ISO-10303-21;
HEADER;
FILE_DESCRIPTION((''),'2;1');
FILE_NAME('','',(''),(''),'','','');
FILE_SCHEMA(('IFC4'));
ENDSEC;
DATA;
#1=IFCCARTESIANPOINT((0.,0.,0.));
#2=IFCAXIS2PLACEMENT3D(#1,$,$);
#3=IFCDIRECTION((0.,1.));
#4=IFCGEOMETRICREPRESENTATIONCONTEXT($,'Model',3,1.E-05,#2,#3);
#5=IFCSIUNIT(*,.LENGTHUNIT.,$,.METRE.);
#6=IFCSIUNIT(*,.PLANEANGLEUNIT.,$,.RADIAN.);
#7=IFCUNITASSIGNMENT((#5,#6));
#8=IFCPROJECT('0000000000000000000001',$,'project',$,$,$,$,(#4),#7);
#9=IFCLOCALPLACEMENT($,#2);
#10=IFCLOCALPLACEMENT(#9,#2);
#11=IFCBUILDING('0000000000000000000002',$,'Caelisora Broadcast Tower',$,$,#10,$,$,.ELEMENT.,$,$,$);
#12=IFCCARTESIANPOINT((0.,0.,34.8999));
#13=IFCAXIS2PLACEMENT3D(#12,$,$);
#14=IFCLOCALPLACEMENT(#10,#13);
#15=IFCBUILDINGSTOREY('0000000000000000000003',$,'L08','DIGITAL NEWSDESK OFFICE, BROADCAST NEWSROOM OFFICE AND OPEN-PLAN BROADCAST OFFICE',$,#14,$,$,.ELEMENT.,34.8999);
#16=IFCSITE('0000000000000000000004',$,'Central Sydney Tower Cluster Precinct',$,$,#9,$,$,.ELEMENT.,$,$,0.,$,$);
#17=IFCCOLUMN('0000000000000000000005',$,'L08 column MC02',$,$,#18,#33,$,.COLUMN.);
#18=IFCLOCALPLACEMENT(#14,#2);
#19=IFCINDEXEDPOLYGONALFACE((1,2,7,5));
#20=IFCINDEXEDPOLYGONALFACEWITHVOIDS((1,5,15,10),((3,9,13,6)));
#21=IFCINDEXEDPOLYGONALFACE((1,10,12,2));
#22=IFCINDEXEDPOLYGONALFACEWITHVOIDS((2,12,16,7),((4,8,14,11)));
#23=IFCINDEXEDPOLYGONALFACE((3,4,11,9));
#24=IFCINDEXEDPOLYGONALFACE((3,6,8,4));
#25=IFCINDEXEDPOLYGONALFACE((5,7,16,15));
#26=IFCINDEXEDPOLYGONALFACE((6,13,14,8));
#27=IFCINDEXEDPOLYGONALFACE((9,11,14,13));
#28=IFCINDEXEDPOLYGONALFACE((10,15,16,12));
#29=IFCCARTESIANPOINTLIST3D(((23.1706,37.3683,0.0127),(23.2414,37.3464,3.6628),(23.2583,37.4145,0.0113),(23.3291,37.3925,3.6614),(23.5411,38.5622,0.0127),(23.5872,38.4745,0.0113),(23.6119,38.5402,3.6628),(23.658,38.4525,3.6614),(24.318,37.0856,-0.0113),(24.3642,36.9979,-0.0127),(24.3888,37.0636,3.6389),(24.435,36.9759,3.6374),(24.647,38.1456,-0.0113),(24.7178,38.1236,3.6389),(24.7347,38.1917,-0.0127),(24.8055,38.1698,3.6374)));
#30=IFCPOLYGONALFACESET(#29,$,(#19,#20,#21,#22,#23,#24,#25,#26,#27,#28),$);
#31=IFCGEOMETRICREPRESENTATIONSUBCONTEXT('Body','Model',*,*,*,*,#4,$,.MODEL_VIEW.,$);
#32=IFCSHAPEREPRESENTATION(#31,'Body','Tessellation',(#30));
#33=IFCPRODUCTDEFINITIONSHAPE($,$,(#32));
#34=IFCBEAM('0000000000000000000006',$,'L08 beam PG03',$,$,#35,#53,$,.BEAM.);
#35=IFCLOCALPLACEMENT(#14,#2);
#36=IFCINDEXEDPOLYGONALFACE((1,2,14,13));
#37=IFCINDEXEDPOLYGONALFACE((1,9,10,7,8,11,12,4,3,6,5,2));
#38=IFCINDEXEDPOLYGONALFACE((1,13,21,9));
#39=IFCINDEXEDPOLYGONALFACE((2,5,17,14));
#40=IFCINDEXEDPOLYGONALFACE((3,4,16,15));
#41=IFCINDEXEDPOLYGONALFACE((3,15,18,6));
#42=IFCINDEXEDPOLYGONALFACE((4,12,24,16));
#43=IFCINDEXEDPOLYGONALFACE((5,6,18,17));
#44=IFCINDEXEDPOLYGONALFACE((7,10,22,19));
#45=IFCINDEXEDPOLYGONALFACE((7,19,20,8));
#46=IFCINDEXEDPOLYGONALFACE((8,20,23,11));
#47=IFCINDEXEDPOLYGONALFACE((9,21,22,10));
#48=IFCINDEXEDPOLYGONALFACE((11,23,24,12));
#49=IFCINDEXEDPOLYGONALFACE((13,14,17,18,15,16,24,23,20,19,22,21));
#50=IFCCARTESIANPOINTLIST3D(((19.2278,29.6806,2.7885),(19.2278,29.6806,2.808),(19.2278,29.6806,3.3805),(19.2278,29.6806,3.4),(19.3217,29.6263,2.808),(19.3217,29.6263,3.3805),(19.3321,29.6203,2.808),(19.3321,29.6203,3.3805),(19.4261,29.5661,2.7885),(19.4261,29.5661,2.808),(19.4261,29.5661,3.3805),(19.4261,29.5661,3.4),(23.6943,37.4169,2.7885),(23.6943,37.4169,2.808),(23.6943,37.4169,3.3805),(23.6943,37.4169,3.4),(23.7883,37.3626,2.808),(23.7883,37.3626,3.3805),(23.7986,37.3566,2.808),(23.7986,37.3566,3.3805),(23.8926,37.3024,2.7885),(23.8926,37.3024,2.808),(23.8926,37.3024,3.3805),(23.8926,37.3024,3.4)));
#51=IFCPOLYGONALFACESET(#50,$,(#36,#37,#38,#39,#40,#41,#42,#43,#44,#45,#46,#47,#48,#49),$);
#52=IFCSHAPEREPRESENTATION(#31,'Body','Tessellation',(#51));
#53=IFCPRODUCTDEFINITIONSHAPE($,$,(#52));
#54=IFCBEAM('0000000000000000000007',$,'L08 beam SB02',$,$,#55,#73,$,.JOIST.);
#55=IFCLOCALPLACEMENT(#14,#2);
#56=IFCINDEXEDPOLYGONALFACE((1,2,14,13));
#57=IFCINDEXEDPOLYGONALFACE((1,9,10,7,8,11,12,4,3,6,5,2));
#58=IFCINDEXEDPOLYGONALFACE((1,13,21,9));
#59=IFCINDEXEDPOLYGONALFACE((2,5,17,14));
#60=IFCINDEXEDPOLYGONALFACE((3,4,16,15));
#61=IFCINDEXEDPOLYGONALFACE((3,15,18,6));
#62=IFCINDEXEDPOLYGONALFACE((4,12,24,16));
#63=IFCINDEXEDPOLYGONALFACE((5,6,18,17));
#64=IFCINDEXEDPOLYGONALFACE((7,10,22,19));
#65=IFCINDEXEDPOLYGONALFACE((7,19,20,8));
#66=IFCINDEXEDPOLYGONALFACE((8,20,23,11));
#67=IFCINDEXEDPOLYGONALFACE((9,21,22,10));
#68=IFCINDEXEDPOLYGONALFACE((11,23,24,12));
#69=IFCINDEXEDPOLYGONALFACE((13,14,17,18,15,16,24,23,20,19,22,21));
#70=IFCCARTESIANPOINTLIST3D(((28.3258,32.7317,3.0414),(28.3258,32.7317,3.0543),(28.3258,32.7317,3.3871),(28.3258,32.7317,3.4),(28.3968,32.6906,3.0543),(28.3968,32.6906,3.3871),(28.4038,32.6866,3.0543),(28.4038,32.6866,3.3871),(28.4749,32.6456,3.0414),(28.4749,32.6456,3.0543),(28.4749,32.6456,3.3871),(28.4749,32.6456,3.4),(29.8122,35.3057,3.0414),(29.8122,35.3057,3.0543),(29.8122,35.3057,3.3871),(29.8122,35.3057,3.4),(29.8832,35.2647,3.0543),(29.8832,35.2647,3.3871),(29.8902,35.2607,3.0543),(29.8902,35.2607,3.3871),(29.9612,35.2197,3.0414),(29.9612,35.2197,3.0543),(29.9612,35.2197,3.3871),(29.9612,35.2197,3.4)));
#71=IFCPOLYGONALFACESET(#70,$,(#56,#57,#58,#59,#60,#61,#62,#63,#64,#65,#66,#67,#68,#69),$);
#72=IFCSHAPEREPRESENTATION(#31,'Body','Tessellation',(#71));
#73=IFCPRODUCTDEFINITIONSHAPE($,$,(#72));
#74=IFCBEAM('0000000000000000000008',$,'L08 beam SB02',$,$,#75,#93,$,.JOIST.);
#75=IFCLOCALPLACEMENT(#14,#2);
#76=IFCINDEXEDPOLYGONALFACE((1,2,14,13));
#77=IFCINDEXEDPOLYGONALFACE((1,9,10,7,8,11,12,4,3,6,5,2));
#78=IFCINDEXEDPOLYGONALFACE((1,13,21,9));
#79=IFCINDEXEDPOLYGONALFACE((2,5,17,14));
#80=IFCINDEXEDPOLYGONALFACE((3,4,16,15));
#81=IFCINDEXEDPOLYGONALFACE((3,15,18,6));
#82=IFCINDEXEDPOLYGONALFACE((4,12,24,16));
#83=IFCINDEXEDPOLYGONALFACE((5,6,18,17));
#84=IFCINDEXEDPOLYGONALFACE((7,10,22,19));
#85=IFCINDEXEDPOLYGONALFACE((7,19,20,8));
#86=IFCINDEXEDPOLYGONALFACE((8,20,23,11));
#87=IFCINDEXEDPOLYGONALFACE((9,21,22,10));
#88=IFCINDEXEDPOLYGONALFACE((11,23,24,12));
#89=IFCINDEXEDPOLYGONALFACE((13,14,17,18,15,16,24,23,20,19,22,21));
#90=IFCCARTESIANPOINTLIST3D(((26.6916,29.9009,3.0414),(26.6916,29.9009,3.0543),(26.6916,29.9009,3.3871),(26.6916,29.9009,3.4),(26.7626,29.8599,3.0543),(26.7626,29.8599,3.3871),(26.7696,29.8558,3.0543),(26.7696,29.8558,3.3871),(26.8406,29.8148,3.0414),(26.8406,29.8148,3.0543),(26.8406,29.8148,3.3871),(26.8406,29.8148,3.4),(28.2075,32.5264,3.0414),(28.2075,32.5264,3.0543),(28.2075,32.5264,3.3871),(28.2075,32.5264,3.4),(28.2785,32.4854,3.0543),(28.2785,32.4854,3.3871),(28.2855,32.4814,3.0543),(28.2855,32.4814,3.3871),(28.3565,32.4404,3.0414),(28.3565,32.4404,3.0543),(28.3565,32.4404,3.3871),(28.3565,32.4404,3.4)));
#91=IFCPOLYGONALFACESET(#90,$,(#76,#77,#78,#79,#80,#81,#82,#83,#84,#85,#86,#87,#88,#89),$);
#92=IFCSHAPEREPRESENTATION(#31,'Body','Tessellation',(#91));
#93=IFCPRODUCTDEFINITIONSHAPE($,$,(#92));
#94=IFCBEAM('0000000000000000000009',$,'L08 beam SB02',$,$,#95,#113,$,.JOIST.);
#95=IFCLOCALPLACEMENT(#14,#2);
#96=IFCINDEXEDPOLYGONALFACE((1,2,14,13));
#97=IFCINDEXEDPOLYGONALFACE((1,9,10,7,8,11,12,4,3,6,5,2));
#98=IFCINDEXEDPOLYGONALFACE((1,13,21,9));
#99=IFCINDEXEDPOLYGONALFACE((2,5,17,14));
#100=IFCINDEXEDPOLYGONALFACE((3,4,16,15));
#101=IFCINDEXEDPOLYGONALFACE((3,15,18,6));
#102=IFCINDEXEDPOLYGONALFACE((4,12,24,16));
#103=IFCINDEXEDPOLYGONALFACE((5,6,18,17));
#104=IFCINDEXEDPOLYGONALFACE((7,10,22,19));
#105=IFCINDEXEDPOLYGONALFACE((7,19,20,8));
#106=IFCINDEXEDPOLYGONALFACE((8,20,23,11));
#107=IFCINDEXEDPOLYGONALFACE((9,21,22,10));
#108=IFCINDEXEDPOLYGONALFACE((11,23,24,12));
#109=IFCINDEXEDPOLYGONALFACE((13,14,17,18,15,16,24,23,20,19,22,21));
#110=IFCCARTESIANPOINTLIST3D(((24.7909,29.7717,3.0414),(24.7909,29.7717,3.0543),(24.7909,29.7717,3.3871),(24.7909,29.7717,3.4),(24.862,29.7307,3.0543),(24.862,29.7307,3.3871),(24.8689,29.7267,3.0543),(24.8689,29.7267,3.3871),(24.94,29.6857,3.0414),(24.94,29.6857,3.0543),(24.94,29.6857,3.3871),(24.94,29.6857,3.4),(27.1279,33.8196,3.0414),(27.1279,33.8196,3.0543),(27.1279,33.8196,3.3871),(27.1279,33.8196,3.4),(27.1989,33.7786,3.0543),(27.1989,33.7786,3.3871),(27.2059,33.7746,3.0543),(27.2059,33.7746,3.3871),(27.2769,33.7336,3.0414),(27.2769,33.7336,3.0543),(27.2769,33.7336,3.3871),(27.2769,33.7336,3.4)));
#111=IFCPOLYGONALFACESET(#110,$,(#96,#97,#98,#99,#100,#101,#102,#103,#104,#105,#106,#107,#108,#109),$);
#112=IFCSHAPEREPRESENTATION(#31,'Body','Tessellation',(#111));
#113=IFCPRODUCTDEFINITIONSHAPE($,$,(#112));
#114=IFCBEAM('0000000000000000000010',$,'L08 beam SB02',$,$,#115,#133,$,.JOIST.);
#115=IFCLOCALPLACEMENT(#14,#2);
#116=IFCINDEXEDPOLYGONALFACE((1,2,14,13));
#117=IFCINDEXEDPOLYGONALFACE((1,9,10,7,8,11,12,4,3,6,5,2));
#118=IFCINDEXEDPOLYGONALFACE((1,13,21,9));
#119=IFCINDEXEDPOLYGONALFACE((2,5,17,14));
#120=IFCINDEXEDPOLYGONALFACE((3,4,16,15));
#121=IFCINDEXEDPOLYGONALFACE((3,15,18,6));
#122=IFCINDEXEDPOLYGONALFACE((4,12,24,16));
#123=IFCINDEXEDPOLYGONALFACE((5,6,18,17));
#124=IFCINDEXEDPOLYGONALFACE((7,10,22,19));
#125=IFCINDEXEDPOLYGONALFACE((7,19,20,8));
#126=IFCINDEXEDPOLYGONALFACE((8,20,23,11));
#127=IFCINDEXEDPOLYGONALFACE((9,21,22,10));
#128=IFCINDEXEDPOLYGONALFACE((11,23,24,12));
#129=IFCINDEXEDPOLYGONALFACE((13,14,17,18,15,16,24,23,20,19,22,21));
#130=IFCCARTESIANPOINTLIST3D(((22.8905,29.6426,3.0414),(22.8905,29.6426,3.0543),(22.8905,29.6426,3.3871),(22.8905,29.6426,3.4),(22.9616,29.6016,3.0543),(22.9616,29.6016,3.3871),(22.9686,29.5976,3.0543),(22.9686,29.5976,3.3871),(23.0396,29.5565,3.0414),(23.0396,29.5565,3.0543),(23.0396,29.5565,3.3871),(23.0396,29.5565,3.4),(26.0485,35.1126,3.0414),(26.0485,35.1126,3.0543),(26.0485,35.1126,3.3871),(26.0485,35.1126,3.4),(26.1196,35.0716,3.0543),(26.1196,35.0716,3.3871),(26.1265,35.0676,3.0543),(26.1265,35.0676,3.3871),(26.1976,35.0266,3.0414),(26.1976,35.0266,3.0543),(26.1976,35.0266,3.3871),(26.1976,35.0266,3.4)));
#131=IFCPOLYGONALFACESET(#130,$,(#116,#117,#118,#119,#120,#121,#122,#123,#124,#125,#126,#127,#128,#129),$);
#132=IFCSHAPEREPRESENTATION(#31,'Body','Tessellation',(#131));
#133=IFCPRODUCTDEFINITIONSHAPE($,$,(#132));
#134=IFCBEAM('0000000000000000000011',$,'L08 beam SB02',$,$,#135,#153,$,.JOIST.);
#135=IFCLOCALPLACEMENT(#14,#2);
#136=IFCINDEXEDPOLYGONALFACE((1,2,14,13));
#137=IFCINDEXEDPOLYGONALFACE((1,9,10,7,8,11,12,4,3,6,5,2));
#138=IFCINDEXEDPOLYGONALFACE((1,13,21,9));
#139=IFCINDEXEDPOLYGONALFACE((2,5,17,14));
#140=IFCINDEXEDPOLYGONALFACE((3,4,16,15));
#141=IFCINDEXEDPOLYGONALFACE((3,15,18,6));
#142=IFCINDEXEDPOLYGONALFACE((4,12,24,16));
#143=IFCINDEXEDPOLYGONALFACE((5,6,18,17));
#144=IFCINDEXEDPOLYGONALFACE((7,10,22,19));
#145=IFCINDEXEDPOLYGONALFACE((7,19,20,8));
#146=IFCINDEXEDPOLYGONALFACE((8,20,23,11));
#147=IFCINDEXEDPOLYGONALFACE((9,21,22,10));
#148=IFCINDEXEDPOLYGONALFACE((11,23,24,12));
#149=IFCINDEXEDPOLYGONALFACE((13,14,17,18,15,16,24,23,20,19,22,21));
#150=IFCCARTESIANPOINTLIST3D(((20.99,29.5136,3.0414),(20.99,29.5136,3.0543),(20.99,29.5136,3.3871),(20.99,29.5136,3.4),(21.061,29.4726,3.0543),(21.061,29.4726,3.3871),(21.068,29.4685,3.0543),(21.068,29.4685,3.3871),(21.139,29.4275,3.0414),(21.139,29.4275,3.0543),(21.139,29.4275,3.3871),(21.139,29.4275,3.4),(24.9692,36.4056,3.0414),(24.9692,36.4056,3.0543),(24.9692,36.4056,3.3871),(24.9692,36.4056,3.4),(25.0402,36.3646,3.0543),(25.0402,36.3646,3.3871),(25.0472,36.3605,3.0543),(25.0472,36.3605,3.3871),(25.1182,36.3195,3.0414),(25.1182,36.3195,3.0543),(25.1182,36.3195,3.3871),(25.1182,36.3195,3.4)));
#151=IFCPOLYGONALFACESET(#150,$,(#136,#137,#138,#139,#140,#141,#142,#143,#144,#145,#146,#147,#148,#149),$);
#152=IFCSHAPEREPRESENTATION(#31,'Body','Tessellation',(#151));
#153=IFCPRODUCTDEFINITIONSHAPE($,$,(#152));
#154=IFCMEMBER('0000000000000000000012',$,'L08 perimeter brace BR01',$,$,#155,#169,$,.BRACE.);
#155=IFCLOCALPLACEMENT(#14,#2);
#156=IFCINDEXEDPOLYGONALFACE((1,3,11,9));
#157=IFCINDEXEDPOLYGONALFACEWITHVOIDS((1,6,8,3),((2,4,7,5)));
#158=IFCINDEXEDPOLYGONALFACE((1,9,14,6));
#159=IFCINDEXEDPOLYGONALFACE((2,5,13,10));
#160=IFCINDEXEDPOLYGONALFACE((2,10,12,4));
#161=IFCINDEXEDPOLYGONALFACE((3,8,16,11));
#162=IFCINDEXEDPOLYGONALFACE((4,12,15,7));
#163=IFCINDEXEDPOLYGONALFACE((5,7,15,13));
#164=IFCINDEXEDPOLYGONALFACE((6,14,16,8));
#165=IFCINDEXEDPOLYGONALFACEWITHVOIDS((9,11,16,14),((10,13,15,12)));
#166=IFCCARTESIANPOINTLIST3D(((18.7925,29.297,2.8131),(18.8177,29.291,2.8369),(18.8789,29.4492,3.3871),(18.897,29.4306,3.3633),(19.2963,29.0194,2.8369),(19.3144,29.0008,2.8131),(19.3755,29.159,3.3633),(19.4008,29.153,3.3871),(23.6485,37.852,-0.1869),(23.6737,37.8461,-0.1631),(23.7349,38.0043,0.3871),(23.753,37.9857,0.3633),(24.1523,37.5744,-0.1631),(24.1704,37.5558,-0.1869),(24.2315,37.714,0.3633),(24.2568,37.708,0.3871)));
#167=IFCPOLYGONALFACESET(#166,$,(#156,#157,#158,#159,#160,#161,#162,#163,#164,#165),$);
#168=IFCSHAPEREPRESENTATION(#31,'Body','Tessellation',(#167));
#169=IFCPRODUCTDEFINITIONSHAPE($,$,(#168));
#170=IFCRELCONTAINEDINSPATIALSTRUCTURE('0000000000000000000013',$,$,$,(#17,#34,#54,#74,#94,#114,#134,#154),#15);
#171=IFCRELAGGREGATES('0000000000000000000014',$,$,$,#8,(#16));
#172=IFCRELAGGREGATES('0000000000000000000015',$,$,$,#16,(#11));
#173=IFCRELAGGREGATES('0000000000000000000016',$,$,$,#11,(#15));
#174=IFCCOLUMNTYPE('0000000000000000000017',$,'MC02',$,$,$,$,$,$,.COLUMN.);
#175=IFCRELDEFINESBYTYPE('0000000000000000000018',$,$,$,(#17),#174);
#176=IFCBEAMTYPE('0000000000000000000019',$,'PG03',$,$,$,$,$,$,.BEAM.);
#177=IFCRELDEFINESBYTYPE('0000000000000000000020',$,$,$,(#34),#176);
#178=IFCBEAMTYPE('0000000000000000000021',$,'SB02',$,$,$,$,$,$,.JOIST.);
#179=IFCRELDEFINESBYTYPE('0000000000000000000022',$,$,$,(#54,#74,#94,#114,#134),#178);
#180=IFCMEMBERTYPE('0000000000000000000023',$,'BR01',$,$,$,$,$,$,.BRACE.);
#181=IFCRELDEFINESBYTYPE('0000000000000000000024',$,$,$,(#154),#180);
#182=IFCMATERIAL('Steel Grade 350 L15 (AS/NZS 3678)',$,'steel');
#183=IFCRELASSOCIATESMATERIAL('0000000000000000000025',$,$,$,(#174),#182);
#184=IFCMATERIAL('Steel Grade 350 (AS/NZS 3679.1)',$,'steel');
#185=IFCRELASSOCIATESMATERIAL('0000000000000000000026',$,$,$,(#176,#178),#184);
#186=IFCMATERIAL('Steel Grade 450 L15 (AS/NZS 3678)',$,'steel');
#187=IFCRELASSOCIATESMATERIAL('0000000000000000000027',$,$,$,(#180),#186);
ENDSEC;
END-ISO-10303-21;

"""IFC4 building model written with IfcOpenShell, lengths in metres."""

from ifc_helpers import new_model, si_unit, direction, frame, origin, origin_2d, place, context, subcontext, project, spatial, hollow_rectangle, i_section, extrude, source, transform, mapped, material, material_profile, profile_set, type_object, type_shapes, element, save


model = new_model("IFC4")

# Units and contexts
model_context = context("Model", 3, precision=1e-05, world=origin(), true_north=direction((0.0, 1.0)))
body_context = subcontext(model_context, "Body", "Model", "MODEL_VIEW")
ifc_project = project(units=[si_unit("LENGTHUNIT", "METRE"), si_unit("PLANEANGLEUNIT", "RADIAN")], contexts=[model_context])

# Site, building, storey
site_placement = place(None, origin())
site = spatial("IfcSite", under=ifc_project, at=site_placement, Name="Central Sydney Tower Cluster Precinct", CompositionType="ELEMENT", RefElevation=0.0)
building_placement = place(site_placement, origin())
building = spatial("IfcBuilding", under=site, at=building_placement, Name="Caelisora Broadcast Tower", CompositionType="ELEMENT")
storey_placement = place(building_placement, frame((0.0, 0.0, 34.8999)))
storey = spatial("IfcBuildingStorey", under=building, at=storey_placement, Name="L08", Description="DIGITAL NEWSDESK OFFICE, BROADCAST NEWSROOM OFFICE AND OPEN-PLAN BROADCAST OFFICE", CompositionType="ELEMENT", Elevation=34.8999)

# Column
ifc_material_1 = material(Name="Steel Grade 350 L15 (AS/NZS 3678)", Category="steel")
ifc_material_profile_1 = material_profile(ifc_material_1, hollow_rectangle(XDim=1.25, YDim=1.25, WallThickness=0.0701, at=origin_2d()), Name="Steel Grade 350 L15 (AS/NZS 3678)")
ifc_profile_set_1 = profile_set([ifc_material_profile_1], Name="Steel Grade 350 L15 (AS/NZS 3678)")
column_type = type_object("IfcColumnType", Name="MC02", PredefinedType="COLUMN", material=ifc_profile_set_1)
shared_shape_1 = source(origin(), body_context, "Body", "SweptSolid", [
    extrude(hollow_rectangle(XDim=1.25, YDim=1.25, WallThickness=0.0701, at=origin_2d()), origin(), (0.0, 0.0, 1.0), 3.6509),
])
type_shapes(column_type, [shared_shape_1])
column_placement = place(storey_placement, frame((23.9526, 37.78, 0.0), z_axis=(0.019393, -0.006018, 0.999794), x_axis=(0.296399, 0.955064, 0.0)))
element("IfcColumn", 1, at=column_placement, inside=storey, type_object=column_type, Name="L08 column MC02", PredefinedType="COLUMN", context=body_context, shape_type="MappedRepresentation", body=[
    mapped(shared_shape_1, transform((0.0, 0.0, 0.0), scale=1.0)),
])

# Beams
ifc_material_2 = material(Name="Steel Grade 350 (AS/NZS 3679.1)", Category="steel")
ifc_material_profile_2 = material_profile(ifc_material_2, i_section(OverallWidth=0.229, OverallDepth=0.6116, WebThickness=0.012, FlangeThickness=0.0195, at=origin_2d()), Name="Steel Grade 350 (AS/NZS 3679.1)")
ifc_profile_set_2 = profile_set([ifc_material_profile_2], Name="Steel Grade 350 (AS/NZS 3679.1)")
beam_type_1 = type_object("IfcBeamType", Name="PG03", PredefinedType="BEAM", material=ifc_profile_set_2)
shared_shape_2 = source(origin(), body_context, "Body", "SweptSolid", [
    extrude(i_section(OverallWidth=0.229, OverallDepth=0.6116, WebThickness=0.012, FlangeThickness=0.0195, at=origin_2d()), origin(), (0.0, 0.0, 1.0), 8.9331),
])
type_shapes(beam_type_1, [shared_shape_2])
beam_1_placement = place(storey_placement, frame((23.7935, 37.3596, 3.0942), z_axis=(-0.499998, -0.866026, 0.0), x_axis=(0.866026, -0.499998, 0.0)))
element("IfcBeam", 2, at=beam_1_placement, inside=storey, type_object=beam_type_1, Name="L08 beam PG03", PredefinedType="BEAM", context=body_context, shape_type="MappedRepresentation", body=[
    mapped(shared_shape_2, transform((0.0, 0.0, 0.0), scale=1.0)),
])
ifc_material_profile_3 = material_profile(ifc_material_2, i_section(OverallWidth=0.1721, OverallDepth=0.3586, WebThickness=0.0081, FlangeThickness=0.0129, at=origin_2d()), Name="Steel Grade 350 (AS/NZS 3679.1)")
ifc_profile_set_3 = profile_set([ifc_material_profile_3], Name="Steel Grade 350 (AS/NZS 3679.1)")
beam_type_2 = type_object("IfcBeamType", Name="SB02", PredefinedType="JOIST", material=ifc_profile_set_3)
shared_shape_3 = source(origin(), body_context, "Body", "SweptSolid", [
    extrude(i_section(OverallWidth=0.1721, OverallDepth=0.3586, WebThickness=0.0081, FlangeThickness=0.0129, at=origin_2d()), origin(), (0.0, 0.0, 1.0), 2.9724),
])
beam_2_placement = place(storey_placement, frame((29.8867, 35.2627, 3.2207), z_axis=(-0.500061, -0.86599, 0.0), x_axis=(0.86599, -0.500061, 0.0)))
element("IfcBeam", 3, at=beam_2_placement, inside=storey, type_object=beam_type_2, Name="L08 beam SB02", PredefinedType="JOIST", context=body_context, shape_type="MappedRepresentation", body=[
    mapped(shared_shape_3, transform((0.0, 0.0, 0.0), scale=1.0)),
])
shared_shape_4 = source(origin(), body_context, "Body", "SweptSolid", [
    extrude(i_section(OverallWidth=0.1721, OverallDepth=0.3586, WebThickness=0.0081, FlangeThickness=0.0129, at=origin_2d()), origin(), (0.0, 0.0, 1.0), 3.0317),
])
beam_3_placement = place(storey_placement, frame((28.282, 32.4834, 3.2207), z_axis=(-0.500011, -0.866019, 0.0), x_axis=(0.866019, -0.500011, 0.0)))
element("IfcBeam", 4, at=beam_3_placement, inside=storey, type_object=beam_type_2, Name="L08 beam SB02", PredefinedType="JOIST", context=body_context, shape_type="MappedRepresentation", body=[
    mapped(shared_shape_4, transform((0.0, 0.0, 0.0), scale=1.0)),
])
shared_shape_5 = source(origin(), body_context, "Body", "SweptSolid", [
    extrude(i_section(OverallWidth=0.1721, OverallDepth=0.3586, WebThickness=0.0081, FlangeThickness=0.0129, at=origin_2d()), origin(), (0.0, 0.0, 1.0), 4.6741),
])
beam_4_placement = place(storey_placement, frame((27.2024, 33.7766, 3.2207), z_axis=(-0.499982, -0.866036, 0.0), x_axis=(0.866036, -0.499982, 0.0)))
element("IfcBeam", 5, at=beam_4_placement, inside=storey, type_object=beam_type_2, Name="L08 beam SB02", PredefinedType="JOIST", context=body_context, shape_type="MappedRepresentation", body=[
    mapped(shared_shape_5, transform((0.0, 0.0, 0.0), scale=1.0)),
])
shared_shape_6 = source(origin(), body_context, "Body", "SweptSolid", [
    extrude(i_section(OverallWidth=0.1721, OverallDepth=0.3586, WebThickness=0.0081, FlangeThickness=0.0129, at=origin_2d()), origin(), (0.0, 0.0, 1.0), 6.3162),
])
beam_5_placement = place(storey_placement, frame((26.123, 35.0696, 3.2207), z_axis=(-0.499985, -0.866034, 0.0), x_axis=(0.866034, -0.499985, 0.0)))
element("IfcBeam", 6, at=beam_5_placement, inside=storey, type_object=beam_type_2, Name="L08 beam SB02", PredefinedType="JOIST", context=body_context, shape_type="MappedRepresentation", body=[
    mapped(shared_shape_6, transform((0.0, 0.0, 0.0), scale=1.0)),
])
shared_shape_7 = source(origin(), body_context, "Body", "SweptSolid", [
    extrude(i_section(OverallWidth=0.1721, OverallDepth=0.3586, WebThickness=0.0081, FlangeThickness=0.0129, at=origin_2d()), origin(), (0.0, 0.0, 1.0), 7.9583),
])
type_shapes(beam_type_2, [shared_shape_3, shared_shape_4, shared_shape_5, shared_shape_6, shared_shape_7])
beam_6_placement = place(storey_placement, frame((25.0437, 36.3625, 3.2207), z_axis=(-0.500009, -0.86602, 0.0), x_axis=(0.86602, -0.500009, 0.0)))
element("IfcBeam", 7, at=beam_6_placement, inside=storey, type_object=beam_type_2, Name="L08 beam SB02", PredefinedType="JOIST", context=body_context, shape_type="MappedRepresentation", body=[
    mapped(shared_shape_7, transform((0.0, 0.0, 0.0), scale=1.0)),
])

# Member
ifc_material_3 = material(Name="Steel Grade 450 L15 (AS/NZS 3678)", Category="steel")
ifc_material_profile_4 = material_profile(ifc_material_3, hollow_rectangle(XDim=0.6001, YDim=0.6001, WallThickness=0.0249, at=origin_2d()), Name="Steel Grade 450 L15 (AS/NZS 3678)")
ifc_profile_set_4 = profile_set([ifc_material_profile_4], Name="Steel Grade 450 L15 (AS/NZS 3678)")
member_type_1 = type_object("IfcMemberType", Name="BR01", PredefinedType="BRACE", material=ifc_profile_set_4)
shared_shape_8 = source(origin(), body_context, "Body", "SweptSolid", [
    extrude(hollow_rectangle(XDim=0.6001, YDim=0.6001, WallThickness=0.0249, at=origin_2d()), origin(), (0.0, 0.0, 1.0), 10.2844),
])
type_shapes(member_type_1, [shared_shape_8])
member_1_placement = place(storey_placement, frame((23.9526, 37.78, 0.1001), z_axis=(-0.472171, -0.831842, 0.291706), x_axis=(0.869666, -0.493641, 0.0)))
element("IfcMember", 8, at=member_1_placement, inside=storey, type_object=member_type_1, Name="L08 perimeter brace BR01", PredefinedType="BRACE", context=body_context, shape_type="MappedRepresentation", body=[
    mapped(shared_shape_8, transform((0.0, 0.0, 0.0), scale=1.0)),
])

save(model, "model.ifc")
